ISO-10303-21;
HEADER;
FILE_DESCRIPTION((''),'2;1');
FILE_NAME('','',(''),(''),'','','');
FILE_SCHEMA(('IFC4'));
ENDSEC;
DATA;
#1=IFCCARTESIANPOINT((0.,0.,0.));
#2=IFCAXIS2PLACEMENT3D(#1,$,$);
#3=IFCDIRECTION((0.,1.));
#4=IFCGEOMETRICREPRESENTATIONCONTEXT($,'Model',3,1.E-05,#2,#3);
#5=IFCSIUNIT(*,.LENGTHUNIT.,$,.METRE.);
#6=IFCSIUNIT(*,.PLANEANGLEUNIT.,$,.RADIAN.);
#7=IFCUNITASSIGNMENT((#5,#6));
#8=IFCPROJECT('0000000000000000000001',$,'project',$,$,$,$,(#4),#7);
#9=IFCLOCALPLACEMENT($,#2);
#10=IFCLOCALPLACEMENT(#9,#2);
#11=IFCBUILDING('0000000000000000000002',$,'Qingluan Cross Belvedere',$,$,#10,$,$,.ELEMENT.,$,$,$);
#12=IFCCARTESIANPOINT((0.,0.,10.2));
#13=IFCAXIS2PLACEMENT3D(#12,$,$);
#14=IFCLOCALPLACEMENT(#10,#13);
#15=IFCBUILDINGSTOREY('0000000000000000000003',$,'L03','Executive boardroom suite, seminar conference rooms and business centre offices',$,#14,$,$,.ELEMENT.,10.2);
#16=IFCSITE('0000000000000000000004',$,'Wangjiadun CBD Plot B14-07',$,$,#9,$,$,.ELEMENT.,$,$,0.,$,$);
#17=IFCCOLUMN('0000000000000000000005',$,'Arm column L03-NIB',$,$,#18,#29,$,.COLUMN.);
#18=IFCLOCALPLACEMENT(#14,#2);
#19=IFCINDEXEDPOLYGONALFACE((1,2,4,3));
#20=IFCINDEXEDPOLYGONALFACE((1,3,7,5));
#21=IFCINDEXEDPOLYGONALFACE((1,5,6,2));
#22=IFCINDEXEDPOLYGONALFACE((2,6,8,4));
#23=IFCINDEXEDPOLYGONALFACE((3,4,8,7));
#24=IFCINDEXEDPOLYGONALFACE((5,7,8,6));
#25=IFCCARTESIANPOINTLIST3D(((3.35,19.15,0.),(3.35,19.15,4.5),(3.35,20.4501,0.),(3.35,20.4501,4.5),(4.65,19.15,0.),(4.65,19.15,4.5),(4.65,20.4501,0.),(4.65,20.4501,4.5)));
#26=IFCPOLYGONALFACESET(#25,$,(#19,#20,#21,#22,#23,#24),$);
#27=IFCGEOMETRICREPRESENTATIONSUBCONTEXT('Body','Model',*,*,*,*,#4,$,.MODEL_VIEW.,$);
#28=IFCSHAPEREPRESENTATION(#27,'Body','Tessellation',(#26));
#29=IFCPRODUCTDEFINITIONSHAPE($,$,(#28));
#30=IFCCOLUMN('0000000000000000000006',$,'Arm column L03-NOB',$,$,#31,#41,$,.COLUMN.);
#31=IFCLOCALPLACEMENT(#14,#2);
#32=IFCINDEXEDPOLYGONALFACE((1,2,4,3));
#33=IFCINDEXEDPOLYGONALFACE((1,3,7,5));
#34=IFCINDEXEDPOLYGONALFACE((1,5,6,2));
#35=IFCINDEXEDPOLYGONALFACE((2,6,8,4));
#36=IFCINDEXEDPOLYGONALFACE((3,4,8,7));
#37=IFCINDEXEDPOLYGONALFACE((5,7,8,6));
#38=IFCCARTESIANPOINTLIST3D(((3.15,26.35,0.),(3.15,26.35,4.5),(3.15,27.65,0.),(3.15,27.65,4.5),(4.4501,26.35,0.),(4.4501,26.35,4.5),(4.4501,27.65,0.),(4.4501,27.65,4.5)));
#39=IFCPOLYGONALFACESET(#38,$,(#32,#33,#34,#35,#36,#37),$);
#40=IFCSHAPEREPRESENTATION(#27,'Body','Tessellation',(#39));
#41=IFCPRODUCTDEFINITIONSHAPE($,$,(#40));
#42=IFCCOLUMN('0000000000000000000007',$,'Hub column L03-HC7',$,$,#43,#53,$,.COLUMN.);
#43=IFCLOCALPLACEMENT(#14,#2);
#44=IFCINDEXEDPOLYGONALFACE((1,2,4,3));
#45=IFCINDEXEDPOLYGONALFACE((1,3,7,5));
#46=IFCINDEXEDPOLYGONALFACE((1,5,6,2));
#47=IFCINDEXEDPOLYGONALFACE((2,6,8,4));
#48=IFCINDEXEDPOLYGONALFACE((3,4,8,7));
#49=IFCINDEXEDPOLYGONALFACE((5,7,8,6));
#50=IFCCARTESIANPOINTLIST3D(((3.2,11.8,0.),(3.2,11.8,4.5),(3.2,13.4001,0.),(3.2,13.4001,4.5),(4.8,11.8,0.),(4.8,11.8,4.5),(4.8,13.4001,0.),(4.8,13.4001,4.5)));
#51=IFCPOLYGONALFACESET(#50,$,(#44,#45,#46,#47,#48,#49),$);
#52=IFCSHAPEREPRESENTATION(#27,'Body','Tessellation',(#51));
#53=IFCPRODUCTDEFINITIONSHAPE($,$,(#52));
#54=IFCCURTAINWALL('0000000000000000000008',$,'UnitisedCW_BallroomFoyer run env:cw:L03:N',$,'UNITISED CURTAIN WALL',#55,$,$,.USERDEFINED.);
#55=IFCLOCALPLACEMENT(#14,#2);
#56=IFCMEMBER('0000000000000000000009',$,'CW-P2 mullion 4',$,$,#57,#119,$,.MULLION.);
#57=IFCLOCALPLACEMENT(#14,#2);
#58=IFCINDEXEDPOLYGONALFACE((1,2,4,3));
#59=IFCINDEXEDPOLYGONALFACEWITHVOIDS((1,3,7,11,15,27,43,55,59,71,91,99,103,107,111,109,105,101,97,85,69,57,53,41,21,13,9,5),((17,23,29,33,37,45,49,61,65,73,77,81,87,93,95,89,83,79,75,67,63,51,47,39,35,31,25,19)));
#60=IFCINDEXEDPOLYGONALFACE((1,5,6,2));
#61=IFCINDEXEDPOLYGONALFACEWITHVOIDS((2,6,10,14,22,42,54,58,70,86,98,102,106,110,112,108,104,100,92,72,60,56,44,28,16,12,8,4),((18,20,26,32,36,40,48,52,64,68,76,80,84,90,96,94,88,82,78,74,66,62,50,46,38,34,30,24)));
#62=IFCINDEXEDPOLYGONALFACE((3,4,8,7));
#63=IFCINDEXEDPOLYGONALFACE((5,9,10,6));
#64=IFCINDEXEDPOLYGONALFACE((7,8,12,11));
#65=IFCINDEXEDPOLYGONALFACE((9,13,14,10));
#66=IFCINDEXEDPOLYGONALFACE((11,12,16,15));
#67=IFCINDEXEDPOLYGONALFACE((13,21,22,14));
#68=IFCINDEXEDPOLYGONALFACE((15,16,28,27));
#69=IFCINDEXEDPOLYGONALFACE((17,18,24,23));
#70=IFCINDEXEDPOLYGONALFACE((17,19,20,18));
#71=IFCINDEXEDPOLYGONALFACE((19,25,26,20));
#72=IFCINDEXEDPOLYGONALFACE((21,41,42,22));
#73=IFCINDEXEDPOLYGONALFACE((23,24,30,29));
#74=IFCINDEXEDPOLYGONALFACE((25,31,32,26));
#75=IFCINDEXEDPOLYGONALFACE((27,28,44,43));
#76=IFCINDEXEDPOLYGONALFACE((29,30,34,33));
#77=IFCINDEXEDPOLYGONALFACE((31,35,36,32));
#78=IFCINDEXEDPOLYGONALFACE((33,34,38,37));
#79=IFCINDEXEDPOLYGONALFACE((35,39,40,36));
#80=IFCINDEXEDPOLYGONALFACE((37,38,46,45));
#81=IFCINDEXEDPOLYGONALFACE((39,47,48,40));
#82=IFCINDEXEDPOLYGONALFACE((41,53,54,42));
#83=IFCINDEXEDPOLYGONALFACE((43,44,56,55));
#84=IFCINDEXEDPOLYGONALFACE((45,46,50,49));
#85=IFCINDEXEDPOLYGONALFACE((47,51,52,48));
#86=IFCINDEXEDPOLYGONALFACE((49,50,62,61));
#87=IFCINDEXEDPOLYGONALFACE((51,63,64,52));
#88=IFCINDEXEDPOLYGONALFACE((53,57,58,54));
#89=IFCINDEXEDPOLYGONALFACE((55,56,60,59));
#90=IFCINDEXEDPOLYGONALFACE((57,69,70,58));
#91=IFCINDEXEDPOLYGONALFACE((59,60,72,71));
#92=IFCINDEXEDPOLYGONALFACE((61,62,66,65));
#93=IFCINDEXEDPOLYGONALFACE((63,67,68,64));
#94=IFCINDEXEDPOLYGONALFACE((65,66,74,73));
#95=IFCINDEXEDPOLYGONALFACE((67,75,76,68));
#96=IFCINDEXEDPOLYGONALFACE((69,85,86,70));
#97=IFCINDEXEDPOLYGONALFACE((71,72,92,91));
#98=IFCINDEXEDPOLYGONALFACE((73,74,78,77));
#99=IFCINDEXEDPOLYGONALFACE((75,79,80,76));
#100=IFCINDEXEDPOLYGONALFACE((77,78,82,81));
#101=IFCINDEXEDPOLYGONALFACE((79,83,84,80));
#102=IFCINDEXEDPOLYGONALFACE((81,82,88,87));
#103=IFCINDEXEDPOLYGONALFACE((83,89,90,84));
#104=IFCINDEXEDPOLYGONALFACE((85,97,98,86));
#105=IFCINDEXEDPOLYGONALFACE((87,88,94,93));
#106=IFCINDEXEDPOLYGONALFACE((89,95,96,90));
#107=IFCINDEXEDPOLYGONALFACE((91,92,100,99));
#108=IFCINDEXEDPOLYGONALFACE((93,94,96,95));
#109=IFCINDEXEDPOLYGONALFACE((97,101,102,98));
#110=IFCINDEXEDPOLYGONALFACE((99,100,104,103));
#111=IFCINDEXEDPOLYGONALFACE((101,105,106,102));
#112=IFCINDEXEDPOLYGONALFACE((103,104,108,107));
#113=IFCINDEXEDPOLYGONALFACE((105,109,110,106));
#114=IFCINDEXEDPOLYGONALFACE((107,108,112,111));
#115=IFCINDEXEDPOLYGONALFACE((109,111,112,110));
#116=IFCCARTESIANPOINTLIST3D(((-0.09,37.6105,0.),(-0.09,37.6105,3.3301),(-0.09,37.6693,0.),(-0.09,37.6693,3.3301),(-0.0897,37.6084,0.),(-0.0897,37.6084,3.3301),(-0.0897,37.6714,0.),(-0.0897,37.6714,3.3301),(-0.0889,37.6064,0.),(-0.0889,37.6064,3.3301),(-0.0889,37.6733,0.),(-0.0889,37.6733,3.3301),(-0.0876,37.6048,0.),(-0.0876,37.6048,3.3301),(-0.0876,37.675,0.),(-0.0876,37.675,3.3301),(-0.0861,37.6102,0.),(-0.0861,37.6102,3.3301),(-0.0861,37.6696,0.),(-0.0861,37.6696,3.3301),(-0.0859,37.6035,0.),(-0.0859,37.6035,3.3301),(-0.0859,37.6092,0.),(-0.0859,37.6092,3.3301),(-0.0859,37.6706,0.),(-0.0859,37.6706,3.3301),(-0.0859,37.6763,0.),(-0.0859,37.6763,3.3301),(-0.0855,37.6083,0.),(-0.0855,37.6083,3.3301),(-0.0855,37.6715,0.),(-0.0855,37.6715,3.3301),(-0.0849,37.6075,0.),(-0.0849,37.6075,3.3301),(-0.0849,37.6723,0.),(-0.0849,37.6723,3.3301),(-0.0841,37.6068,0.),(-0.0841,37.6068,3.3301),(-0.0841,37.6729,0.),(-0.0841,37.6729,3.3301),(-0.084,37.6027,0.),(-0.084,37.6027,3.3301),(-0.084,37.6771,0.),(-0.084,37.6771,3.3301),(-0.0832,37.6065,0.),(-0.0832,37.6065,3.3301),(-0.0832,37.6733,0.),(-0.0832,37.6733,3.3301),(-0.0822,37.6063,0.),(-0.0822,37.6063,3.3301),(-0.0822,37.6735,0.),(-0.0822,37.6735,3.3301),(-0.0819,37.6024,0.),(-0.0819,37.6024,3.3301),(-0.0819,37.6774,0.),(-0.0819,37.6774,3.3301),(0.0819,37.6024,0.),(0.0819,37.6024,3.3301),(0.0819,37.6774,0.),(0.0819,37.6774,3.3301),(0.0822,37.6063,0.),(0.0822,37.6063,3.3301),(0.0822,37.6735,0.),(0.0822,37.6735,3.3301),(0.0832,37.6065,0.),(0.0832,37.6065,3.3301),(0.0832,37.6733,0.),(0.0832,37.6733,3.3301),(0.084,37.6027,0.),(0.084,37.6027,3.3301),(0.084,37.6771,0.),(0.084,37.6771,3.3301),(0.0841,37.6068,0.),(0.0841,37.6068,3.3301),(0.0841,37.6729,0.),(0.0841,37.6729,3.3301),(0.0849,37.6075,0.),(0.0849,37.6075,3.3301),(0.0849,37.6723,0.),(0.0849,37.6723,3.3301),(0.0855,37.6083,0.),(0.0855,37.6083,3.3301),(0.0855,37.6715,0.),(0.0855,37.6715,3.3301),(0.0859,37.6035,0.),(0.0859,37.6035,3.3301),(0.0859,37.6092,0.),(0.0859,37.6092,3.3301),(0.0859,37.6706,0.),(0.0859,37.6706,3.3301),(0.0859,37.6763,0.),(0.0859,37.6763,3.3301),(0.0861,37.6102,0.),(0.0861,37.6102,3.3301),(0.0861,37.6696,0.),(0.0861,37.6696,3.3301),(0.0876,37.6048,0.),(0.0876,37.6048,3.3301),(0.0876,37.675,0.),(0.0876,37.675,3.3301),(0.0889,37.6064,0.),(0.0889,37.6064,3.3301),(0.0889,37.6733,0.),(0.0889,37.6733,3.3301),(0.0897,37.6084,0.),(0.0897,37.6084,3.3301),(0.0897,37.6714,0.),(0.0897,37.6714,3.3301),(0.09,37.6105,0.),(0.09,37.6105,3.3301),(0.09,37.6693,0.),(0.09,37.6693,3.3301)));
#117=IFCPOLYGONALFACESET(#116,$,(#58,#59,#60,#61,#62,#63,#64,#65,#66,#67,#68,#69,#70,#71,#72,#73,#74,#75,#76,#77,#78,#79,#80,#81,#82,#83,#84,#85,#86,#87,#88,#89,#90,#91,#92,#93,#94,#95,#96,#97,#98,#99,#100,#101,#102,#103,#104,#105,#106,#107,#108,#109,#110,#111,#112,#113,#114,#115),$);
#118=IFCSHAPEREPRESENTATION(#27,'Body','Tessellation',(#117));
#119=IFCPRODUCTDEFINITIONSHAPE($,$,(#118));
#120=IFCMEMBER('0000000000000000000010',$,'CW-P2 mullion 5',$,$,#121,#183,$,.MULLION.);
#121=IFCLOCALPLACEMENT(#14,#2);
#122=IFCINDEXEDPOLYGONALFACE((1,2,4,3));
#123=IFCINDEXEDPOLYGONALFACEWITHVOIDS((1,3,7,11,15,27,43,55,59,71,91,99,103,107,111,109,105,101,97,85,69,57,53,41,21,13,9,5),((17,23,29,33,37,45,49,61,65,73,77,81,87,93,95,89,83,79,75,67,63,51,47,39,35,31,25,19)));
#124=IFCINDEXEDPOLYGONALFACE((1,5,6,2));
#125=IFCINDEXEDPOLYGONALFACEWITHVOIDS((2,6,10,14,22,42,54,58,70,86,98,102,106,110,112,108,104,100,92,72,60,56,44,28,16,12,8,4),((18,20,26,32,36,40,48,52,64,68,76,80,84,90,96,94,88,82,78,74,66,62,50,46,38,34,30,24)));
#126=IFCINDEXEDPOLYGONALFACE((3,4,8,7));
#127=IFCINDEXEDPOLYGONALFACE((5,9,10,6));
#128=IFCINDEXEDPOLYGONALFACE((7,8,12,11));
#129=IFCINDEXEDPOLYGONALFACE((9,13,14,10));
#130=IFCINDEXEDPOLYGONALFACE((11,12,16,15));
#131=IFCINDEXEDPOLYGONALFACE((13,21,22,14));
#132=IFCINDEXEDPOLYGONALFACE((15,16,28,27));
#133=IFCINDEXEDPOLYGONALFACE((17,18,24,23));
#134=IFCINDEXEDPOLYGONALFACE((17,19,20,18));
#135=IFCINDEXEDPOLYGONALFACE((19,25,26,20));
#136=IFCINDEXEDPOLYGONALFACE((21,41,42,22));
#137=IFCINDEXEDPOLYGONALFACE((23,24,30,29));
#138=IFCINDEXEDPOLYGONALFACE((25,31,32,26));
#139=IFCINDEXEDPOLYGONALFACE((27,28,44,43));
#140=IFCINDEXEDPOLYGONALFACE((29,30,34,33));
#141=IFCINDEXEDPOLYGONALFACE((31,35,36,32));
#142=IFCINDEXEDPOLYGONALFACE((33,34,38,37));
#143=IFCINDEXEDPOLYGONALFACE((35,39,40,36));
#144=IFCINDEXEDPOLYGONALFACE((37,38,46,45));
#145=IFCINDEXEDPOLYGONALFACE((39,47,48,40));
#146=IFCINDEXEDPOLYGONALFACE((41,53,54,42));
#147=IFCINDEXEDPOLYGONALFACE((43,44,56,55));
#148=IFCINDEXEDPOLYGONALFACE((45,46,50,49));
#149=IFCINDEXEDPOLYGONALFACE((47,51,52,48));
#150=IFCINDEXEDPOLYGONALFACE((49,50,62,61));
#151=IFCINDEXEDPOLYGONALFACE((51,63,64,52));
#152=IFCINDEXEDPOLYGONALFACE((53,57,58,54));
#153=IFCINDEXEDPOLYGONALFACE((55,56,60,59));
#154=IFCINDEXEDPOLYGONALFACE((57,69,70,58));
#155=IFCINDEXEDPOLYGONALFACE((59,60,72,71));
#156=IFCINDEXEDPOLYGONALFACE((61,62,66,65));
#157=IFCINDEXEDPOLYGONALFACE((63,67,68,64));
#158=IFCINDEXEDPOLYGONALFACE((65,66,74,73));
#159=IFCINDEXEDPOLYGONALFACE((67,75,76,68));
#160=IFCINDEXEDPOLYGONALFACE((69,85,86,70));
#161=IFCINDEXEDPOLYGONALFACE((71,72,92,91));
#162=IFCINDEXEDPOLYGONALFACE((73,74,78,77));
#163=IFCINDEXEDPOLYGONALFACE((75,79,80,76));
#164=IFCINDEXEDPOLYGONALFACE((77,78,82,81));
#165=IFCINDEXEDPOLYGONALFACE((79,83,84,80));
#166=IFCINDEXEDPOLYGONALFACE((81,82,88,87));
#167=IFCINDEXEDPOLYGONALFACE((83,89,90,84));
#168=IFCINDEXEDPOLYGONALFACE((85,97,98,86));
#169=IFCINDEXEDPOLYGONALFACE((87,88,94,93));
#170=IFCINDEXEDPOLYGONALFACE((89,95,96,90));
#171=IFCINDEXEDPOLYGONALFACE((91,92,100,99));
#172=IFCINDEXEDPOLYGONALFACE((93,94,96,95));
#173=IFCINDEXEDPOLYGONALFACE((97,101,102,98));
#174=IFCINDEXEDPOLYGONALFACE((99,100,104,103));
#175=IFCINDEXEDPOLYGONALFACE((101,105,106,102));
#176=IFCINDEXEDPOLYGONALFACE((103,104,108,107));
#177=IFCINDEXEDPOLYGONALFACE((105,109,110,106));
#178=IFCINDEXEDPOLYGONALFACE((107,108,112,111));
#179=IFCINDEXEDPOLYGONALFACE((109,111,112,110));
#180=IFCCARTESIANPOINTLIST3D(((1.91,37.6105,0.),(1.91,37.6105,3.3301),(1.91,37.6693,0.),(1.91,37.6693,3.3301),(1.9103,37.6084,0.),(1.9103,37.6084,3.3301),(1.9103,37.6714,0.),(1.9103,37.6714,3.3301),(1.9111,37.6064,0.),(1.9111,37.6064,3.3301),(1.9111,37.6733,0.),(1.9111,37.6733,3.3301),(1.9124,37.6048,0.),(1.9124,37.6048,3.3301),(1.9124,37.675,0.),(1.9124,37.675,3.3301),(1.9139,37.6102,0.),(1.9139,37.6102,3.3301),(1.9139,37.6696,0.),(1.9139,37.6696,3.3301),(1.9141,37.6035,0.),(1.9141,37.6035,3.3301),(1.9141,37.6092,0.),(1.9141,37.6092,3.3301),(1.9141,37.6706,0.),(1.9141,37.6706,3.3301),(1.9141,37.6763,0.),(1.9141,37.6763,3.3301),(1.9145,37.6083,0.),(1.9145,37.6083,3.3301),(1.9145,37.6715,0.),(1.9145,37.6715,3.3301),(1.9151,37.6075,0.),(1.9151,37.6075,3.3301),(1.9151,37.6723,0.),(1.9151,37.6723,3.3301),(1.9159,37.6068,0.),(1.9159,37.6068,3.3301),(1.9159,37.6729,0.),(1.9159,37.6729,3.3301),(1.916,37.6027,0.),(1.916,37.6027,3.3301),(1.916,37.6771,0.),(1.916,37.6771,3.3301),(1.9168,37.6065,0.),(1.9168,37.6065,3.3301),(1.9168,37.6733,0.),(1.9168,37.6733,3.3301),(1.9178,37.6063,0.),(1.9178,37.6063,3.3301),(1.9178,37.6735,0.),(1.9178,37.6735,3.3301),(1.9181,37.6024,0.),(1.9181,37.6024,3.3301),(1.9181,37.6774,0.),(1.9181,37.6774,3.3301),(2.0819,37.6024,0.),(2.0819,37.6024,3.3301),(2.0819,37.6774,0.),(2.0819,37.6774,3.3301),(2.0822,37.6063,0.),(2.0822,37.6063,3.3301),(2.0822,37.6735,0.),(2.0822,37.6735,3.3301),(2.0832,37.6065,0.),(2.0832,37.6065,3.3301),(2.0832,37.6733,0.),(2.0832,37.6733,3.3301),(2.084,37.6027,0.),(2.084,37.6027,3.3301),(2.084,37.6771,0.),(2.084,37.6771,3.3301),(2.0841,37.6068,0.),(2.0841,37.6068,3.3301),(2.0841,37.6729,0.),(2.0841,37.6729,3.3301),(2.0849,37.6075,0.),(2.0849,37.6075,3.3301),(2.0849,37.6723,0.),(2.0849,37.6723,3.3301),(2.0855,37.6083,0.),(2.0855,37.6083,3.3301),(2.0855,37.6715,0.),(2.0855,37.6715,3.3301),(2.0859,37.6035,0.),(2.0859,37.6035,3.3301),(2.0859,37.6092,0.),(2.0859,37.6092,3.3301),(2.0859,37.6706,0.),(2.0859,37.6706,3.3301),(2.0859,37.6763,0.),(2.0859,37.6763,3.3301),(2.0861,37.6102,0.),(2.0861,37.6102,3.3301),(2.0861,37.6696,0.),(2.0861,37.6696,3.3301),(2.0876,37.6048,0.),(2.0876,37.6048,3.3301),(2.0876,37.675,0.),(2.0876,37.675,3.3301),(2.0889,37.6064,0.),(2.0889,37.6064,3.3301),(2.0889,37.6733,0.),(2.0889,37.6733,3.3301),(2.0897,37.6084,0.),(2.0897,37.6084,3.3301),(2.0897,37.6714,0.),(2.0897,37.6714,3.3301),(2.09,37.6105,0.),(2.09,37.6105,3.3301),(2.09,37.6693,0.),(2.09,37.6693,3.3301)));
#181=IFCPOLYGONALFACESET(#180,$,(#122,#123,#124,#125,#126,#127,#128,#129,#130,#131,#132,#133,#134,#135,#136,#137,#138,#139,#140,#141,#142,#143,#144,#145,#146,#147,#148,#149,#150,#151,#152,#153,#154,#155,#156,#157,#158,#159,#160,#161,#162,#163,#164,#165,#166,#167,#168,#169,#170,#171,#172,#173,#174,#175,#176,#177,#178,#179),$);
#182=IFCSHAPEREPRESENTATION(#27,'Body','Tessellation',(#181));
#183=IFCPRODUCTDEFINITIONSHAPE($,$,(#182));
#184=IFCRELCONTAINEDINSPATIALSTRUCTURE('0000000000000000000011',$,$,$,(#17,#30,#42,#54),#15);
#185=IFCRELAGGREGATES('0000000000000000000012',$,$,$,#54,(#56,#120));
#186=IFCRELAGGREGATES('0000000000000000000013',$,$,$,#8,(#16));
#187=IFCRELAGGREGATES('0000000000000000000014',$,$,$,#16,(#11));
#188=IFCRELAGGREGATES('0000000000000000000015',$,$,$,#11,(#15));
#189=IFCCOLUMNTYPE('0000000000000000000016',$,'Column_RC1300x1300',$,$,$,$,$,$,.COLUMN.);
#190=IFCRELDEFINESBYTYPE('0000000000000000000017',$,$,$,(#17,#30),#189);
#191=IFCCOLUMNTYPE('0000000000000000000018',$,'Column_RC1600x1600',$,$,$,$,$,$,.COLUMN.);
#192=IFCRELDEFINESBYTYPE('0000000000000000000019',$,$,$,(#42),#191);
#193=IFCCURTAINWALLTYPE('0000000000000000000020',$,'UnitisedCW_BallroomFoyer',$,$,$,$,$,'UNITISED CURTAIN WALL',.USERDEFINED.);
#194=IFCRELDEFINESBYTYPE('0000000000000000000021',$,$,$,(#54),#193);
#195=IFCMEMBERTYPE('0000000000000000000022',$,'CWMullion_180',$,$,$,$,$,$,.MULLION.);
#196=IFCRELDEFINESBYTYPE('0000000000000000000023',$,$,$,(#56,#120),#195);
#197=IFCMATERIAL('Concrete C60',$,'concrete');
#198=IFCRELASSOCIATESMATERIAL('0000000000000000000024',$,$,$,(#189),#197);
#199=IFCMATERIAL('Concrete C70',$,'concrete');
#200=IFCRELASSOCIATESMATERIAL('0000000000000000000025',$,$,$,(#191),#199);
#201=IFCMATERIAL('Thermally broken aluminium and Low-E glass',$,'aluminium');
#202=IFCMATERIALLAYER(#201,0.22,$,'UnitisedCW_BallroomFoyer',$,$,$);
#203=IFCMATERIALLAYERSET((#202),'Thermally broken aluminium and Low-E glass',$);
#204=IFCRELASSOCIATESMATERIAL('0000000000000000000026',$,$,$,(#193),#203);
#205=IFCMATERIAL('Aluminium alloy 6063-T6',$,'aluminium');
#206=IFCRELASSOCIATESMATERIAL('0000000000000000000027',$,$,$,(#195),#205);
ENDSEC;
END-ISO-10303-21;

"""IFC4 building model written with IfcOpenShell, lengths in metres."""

from ifc_helpers import new_model, si_unit, direction, frame, origin, origin_2d, place, context, subcontext, project, spatial, rectangle, hollow_rectangle, extrude, material, layer, layer_set, material_profile, profile_set, type_object, element, aggregate, save


model = new_model("IFC4")

# Units and contexts
model_context = context("Model", 3, precision=1e-05, world=origin(), true_north=direction((0.0, 1.0)))
body_context = subcontext(model_context, "Body", "Model", "MODEL_VIEW")
ifc_project = project(units=[si_unit("LENGTHUNIT", "METRE"), si_unit("PLANEANGLEUNIT", "RADIAN")], contexts=[model_context])

# Site, building, storey
site_placement = place(None, origin())
site = spatial("IfcSite", under=ifc_project, at=site_placement, Name="Wangjiadun CBD Plot B14-07", CompositionType="ELEMENT", RefElevation=0.0)
building_placement = place(site_placement, origin())
building = spatial("IfcBuilding", under=site, at=building_placement, Name="Qingluan Cross Belvedere", CompositionType="ELEMENT")
storey_placement = place(building_placement, frame((0.0, 0.0, 10.2)))
storey = spatial("IfcBuildingStorey", under=building, at=storey_placement, Name="L03", Description="Executive boardroom suite, seminar conference rooms and business centre offices", CompositionType="ELEMENT", Elevation=10.2)

# Columns
ifc_material_1 = material(Name="Concrete C60", Category="concrete")
ifc_material_profile_1 = material_profile(ifc_material_1, rectangle(XDim=1.3, YDim=1.3, at=origin_2d()), Name="RC1300x1300")
ifc_profile_set_1 = profile_set([ifc_material_profile_1], Name="Concrete C60")
column_type_1 = type_object("IfcColumnType", Name="Column_RC1300x1300", PredefinedType="COLUMN", material=ifc_profile_set_1)
for number, where, z_axis, x_axis, name in (
    (1, (4.0, 19.8, 0.0), (0.0, 0.0, 1.0), (1.0, 0.0, 0.0), "Arm column L03-NIB"),
    (2, (3.8, 27.0, 0.0), (0.0, 0.0, 1.0), (1.0, 0.0, 0.0), "Arm column L03-NOB"),
):
    element("IfcColumn", number, at=place(storey_placement, frame(where, z_axis=z_axis, x_axis=x_axis)), inside=storey, type_object=column_type_1, Name=name, PredefinedType="COLUMN", context=body_context, shape_type="SweptSolid", body=[
        extrude(rectangle(XDim=1.3, YDim=1.3, at=origin_2d()), origin(), (0.0, 0.0, 1.0), 4.5),
    ])
ifc_material_2 = material(Name="Concrete C70", Category="concrete")
ifc_material_profile_2 = material_profile(ifc_material_2, rectangle(XDim=1.6001, YDim=1.6001, at=origin_2d()), Name="RC1600x1600")
ifc_profile_set_2 = profile_set([ifc_material_profile_2], Name="Concrete C70")
column_type_2 = type_object("IfcColumnType", Name="Column_RC1600x1600", PredefinedType="COLUMN", material=ifc_profile_set_2)
column_placement = place(storey_placement, frame((4.0, 12.6001, 0.0), z_axis=(0.0, 0.0, 1.0), x_axis=(1.0, 0.0, 0.0)))
element("IfcColumn", 3, at=column_placement, inside=storey, type_object=column_type_2, Name="Hub column L03-HC7", PredefinedType="COLUMN", context=body_context, shape_type="SweptSolid", body=[
    extrude(rectangle(XDim=1.6001, YDim=1.6001, at=origin_2d()), origin(), (0.0, 0.0, 1.0), 4.5),
])

# Curtain wall, members
ifc_material_3 = material(Name="Thermally broken aluminium and Low-E glass", Category="aluminium")
ifc_layer_1 = layer(ifc_material_3, 0.22, Name="UnitisedCW_BallroomFoyer")
ifc_layer_set_1 = layer_set([ifc_layer_1], Name="Thermally broken aluminium and Low-E glass")
curtain_wall_type = type_object("IfcCurtainWallType", Name="UnitisedCW_BallroomFoyer", ElementType="UNITISED CURTAIN WALL", PredefinedType="USERDEFINED", material=ifc_layer_set_1)
curtain_wall_placement = place(storey_placement, origin())
curtain_wall = element("IfcCurtainWall", 4, at=curtain_wall_placement, inside=storey, type_object=curtain_wall_type, Name="UnitisedCW_BallroomFoyer run env:cw:L03:N", ObjectType="UNITISED CURTAIN WALL", PredefinedType="USERDEFINED")
ifc_material_4 = material(Name="Aluminium alloy 6063-T6", Category="aluminium")
ifc_material_profile_3 = material_profile(ifc_material_4, hollow_rectangle(XDim=0.075, YDim=0.1799, WallThickness=0.0039, InnerFilletRadius=0.0039, OuterFilletRadius=0.0081, at=origin_2d()), Name="CWM180x75x4")
ifc_profile_set_3 = profile_set([ifc_material_profile_3], Name="Aluminium alloy 6063-T6")
member_type_1 = type_object("IfcMemberType", Name="CWMullion_180", PredefinedType="MULLION", material=ifc_profile_set_3)
member_1_placement = place(storey_placement, frame((0.0, 37.6399, 0.0), z_axis=(0.0, 0.0, 1.0), x_axis=(0.0, 1.0, 0.0)))
member_1 = element("IfcMember", 5, at=member_1_placement, type_object=member_type_1, Name="CW-P2 mullion 4", PredefinedType="MULLION", context=body_context, shape_type="SweptSolid", body=[
    extrude(hollow_rectangle(XDim=0.075, YDim=0.1799, WallThickness=0.0039, InnerFilletRadius=0.0039, OuterFilletRadius=0.0081, at=origin_2d()), origin(), (0.0, 0.0, 1.0), 3.3301),
])
member_2_placement = place(storey_placement, frame((2.0, 37.6399, 0.0), z_axis=(0.0, 0.0, 1.0), x_axis=(0.0, 1.0, 0.0)))
member_2 = element("IfcMember", 6, at=member_2_placement, type_object=member_type_1, Name="CW-P2 mullion 5", PredefinedType="MULLION", context=body_context, shape_type="SweptSolid", body=[
    extrude(hollow_rectangle(XDim=0.075, YDim=0.1799, WallThickness=0.0039, InnerFilletRadius=0.0039, OuterFilletRadius=0.0081, at=origin_2d()), origin(), (0.0, 0.0, 1.0), 3.3301),
])

aggregate(curtain_wall, [member_1, member_2])

save(model, "model.ifc")
